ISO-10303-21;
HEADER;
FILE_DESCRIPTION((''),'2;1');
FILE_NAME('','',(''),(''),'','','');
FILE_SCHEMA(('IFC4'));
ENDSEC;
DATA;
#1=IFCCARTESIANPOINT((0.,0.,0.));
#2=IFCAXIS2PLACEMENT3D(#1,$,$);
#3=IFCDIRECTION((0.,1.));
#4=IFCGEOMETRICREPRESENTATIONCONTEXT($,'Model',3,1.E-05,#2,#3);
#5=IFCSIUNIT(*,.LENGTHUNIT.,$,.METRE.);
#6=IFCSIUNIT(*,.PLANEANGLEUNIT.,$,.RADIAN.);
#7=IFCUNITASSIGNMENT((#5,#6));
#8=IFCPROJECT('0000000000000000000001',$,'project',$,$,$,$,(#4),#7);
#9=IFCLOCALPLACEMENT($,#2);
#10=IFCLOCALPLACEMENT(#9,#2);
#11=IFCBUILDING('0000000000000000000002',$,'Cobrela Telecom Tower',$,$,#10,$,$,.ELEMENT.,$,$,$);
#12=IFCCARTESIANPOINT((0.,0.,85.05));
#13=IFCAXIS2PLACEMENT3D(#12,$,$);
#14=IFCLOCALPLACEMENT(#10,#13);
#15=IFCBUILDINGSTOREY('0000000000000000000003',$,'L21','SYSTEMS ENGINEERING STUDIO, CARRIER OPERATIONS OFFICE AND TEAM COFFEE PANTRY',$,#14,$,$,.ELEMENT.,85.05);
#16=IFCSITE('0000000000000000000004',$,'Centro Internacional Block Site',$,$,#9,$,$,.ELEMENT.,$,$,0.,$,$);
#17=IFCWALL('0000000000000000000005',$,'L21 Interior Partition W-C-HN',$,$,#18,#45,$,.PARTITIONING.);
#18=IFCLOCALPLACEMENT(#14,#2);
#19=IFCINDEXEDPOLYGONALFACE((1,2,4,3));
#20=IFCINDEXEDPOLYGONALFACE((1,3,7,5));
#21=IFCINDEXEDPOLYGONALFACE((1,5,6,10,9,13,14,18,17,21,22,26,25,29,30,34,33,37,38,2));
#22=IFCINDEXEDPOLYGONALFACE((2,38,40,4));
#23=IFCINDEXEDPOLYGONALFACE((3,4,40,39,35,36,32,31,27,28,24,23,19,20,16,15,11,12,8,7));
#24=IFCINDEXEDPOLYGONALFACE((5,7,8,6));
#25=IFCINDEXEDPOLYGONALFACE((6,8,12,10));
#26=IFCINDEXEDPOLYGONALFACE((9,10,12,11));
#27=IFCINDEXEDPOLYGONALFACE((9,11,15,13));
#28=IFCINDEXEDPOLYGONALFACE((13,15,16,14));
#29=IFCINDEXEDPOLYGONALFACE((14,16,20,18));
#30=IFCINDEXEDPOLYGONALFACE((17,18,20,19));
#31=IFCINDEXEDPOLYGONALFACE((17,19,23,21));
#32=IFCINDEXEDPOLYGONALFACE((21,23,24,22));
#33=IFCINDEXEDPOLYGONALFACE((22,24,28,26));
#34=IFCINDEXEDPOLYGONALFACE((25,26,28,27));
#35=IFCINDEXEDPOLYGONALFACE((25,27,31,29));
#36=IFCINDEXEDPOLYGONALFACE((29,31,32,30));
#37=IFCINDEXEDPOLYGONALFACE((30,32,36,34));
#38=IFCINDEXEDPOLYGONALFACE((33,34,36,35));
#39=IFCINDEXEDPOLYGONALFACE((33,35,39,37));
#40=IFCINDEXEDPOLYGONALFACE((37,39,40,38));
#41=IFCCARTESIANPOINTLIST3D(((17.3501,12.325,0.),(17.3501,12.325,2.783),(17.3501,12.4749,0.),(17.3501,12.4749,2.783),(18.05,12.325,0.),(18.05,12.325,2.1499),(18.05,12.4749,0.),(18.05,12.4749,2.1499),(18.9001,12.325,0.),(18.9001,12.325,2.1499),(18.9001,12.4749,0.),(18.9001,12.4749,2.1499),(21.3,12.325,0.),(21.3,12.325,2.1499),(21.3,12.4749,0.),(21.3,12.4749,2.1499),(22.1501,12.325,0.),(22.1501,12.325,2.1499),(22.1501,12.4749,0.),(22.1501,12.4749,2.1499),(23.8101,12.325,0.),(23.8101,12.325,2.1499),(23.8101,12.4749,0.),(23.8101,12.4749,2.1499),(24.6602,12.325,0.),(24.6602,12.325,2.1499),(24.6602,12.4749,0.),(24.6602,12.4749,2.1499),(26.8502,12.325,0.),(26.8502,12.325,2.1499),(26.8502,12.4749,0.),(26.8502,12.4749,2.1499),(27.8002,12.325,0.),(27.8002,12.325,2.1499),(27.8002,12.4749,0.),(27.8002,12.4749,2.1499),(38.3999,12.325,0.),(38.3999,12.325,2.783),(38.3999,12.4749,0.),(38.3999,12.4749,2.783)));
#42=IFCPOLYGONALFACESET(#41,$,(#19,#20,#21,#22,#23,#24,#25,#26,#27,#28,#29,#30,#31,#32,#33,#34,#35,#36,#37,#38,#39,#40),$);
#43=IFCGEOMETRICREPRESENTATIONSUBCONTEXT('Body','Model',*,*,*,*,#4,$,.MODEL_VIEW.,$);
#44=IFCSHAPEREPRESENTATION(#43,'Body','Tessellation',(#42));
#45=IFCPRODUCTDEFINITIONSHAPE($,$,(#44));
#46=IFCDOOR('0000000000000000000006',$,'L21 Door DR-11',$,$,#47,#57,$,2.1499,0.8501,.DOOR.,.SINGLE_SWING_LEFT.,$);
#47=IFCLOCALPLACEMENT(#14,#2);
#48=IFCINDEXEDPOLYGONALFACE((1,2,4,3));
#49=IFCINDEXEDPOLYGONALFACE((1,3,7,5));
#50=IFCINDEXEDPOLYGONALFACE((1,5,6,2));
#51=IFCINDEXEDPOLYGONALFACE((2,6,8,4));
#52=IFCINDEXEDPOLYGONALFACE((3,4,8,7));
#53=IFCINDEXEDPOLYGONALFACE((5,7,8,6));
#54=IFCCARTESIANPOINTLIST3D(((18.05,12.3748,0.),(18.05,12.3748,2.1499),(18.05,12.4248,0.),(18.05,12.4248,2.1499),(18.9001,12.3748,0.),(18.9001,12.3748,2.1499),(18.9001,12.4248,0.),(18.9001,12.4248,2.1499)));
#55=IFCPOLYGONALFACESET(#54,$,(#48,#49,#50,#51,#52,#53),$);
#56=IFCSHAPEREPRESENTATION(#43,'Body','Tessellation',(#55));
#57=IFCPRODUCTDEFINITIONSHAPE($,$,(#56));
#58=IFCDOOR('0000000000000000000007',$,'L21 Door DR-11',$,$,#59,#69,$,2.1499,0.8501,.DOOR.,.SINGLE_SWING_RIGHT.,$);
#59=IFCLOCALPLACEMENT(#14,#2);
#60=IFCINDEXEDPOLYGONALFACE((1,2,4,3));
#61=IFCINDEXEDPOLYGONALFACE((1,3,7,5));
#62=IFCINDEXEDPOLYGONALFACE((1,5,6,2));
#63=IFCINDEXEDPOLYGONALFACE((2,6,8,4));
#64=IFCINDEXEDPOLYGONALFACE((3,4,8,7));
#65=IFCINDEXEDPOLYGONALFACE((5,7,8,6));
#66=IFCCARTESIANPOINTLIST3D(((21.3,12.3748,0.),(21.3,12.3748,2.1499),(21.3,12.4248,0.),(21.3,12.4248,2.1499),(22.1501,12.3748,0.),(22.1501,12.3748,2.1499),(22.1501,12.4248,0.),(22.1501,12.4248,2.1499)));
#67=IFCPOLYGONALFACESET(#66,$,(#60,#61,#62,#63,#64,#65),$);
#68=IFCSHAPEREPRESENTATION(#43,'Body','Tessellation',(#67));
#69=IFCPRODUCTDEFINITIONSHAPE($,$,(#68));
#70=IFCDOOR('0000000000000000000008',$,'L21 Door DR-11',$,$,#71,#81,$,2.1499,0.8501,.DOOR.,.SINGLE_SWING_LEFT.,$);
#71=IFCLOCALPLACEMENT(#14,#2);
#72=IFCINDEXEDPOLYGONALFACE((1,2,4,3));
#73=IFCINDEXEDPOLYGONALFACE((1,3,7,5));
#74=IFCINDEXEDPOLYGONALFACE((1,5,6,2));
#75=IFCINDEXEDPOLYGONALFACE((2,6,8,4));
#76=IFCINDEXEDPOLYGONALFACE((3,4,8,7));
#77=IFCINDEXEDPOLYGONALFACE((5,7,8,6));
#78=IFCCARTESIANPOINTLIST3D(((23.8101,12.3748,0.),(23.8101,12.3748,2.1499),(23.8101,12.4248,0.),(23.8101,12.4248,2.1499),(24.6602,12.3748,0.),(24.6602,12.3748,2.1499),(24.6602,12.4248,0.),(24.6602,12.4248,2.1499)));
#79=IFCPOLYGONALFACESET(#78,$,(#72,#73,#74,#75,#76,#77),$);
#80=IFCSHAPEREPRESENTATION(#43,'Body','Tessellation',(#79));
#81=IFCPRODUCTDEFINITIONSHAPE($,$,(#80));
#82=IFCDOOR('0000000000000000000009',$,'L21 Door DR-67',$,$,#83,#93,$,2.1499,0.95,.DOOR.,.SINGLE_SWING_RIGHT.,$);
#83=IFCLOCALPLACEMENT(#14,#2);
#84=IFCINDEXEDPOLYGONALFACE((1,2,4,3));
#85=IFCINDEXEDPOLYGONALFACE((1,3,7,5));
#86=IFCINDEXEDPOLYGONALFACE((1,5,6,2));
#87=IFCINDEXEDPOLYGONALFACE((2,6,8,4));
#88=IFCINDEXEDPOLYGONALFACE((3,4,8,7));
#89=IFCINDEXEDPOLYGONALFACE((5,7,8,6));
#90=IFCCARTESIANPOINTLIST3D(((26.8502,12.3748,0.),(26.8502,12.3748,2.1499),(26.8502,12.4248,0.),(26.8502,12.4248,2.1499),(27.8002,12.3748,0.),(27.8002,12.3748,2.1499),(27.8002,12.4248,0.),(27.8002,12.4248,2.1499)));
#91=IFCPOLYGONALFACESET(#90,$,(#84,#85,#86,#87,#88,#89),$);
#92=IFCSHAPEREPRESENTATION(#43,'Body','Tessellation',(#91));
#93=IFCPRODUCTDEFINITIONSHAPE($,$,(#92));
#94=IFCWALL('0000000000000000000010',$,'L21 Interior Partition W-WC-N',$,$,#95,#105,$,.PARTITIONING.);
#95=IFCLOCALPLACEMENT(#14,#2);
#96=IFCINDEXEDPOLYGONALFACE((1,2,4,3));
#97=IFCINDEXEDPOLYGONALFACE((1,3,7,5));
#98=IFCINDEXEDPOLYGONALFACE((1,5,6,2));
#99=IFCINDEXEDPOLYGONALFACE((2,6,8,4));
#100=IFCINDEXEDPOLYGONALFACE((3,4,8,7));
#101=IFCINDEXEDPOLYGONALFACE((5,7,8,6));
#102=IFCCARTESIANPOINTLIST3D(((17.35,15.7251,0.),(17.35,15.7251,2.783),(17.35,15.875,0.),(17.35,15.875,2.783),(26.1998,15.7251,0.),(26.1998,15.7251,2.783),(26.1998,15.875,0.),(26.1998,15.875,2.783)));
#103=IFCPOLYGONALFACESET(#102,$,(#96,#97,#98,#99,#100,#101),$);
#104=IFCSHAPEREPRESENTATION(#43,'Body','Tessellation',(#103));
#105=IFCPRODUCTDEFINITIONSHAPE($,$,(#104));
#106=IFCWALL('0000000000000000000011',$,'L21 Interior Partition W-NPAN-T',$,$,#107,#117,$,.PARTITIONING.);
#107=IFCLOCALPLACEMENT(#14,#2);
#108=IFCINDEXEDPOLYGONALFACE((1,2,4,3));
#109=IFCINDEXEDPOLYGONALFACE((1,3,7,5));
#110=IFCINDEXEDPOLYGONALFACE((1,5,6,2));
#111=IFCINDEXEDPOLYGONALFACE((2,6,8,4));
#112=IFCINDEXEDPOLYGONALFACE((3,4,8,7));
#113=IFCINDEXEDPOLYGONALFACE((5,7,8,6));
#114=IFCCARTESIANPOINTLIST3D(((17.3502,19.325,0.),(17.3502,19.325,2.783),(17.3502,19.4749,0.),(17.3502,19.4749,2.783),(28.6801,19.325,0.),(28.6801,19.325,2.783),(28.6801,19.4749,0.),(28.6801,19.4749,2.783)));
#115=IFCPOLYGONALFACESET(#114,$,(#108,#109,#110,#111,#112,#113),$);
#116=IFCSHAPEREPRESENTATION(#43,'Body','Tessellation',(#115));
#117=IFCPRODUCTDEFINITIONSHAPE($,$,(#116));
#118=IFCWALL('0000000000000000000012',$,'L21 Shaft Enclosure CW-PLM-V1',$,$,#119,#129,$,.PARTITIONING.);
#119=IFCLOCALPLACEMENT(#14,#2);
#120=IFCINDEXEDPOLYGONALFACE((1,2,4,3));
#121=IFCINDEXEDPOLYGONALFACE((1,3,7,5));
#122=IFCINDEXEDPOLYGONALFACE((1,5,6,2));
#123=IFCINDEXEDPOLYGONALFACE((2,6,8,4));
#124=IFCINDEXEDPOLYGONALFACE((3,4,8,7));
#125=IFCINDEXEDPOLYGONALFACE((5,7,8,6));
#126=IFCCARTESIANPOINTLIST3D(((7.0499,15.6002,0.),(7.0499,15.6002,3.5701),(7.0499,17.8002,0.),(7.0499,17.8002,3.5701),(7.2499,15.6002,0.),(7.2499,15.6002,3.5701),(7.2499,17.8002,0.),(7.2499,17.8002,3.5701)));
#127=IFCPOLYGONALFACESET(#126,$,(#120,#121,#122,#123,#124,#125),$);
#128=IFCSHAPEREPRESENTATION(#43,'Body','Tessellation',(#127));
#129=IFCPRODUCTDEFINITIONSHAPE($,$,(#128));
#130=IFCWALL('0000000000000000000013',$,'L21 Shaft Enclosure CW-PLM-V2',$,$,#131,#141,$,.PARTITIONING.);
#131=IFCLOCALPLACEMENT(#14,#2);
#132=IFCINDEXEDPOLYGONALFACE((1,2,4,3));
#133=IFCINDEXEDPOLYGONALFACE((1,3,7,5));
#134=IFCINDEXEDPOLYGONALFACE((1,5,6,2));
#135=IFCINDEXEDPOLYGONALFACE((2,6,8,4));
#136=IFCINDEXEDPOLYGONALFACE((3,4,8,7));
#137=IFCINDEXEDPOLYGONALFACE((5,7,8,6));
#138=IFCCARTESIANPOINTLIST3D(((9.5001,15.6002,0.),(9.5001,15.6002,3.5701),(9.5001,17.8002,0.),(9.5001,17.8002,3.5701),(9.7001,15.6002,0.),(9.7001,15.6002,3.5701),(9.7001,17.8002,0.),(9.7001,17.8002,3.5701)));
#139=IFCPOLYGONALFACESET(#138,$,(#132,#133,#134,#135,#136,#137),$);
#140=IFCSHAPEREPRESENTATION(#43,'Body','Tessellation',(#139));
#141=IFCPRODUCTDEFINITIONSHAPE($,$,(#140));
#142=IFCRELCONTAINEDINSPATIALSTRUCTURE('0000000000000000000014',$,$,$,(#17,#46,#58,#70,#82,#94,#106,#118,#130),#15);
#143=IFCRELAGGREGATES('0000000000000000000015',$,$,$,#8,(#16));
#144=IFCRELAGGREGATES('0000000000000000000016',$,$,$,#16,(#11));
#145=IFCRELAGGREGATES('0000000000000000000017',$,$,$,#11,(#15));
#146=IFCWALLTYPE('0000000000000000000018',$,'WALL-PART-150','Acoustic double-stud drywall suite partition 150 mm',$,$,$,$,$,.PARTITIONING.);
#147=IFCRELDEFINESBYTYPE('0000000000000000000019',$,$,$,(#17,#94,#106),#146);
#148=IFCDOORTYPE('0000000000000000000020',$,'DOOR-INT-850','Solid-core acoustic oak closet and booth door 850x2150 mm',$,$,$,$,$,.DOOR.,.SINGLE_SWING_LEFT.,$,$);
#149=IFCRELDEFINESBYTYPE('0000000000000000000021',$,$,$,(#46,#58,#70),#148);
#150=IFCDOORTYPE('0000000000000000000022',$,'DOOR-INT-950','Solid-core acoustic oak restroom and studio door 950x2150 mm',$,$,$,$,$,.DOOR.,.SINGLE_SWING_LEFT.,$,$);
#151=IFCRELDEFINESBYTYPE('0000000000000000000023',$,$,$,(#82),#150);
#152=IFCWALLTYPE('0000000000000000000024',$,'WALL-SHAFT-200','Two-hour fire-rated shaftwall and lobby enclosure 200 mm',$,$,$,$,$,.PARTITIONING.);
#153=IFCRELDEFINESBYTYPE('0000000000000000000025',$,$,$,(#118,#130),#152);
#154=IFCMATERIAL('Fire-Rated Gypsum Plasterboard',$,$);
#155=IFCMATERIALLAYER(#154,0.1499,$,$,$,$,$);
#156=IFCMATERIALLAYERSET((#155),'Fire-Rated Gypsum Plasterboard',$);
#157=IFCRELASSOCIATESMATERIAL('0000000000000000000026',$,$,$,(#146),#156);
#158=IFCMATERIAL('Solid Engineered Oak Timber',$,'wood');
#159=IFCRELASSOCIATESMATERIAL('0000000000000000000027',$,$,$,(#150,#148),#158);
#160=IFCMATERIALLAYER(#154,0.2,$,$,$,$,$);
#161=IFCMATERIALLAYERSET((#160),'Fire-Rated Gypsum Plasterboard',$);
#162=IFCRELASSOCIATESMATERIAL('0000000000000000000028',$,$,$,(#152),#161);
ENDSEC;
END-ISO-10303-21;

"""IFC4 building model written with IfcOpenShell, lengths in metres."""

from ifc_helpers import new_model, si_unit, direction, frame, frame_2d, origin, place, context, subcontext, project, spatial, rectangle, extrude, material, layer, layer_set, type_object, element, fill, save


model = new_model("IFC4")

# Units and contexts
model_context = context("Model", 3, precision=1e-05, world=origin(), true_north=direction((0.0, 1.0)))
body_context = subcontext(model_context, "Body", "Model", "MODEL_VIEW")
ifc_project = project(units=[si_unit("LENGTHUNIT", "METRE"), si_unit("PLANEANGLEUNIT", "RADIAN")], contexts=[model_context])

# Site, building, storey
site_placement = place(None, origin())
site = spatial("IfcSite", under=ifc_project, at=site_placement, Name="Centro Internacional Block Site", CompositionType="ELEMENT", RefElevation=0.0)
building_placement = place(site_placement, origin())
building = spatial("IfcBuilding", under=site, at=building_placement, Name="Cobrela Telecom Tower", CompositionType="ELEMENT")
storey_placement = place(building_placement, frame((0.0, 0.0, 85.05)))
storey = spatial("IfcBuildingStorey", under=building, at=storey_placement, Name="L21", Description="SYSTEMS ENGINEERING STUDIO, CARRIER OPERATIONS OFFICE AND TEAM COFFEE PANTRY", CompositionType="ELEMENT", Elevation=85.05)

# Wall, openings, doors
ifc_material_1 = material(Name="Fire-Rated Gypsum Plasterboard")
ifc_layer_1 = layer(ifc_material_1, 0.1499)
ifc_layer_set_1 = layer_set([ifc_layer_1], Name="Fire-Rated Gypsum Plasterboard")
wall_type_1 = type_object("IfcWallType", Name="WALL-PART-150", Description="Acoustic double-stud drywall suite partition 150 mm", PredefinedType="PARTITIONING", material=ifc_layer_set_1)
ifc_material_2 = material(Name="Solid Engineered Oak Timber", Category="wood")
door_type_1 = type_object("IfcDoorType", Name="DOOR-INT-950", Description="Solid-core acoustic oak restroom and studio door 950x2150 mm", OperationType="SINGLE_SWING_LEFT", PredefinedType="DOOR", material=ifc_material_2)
wall_1_placement = place(storey_placement, frame((17.3501, 12.3999, 0.0), z_axis=(0.0, 0.0, 1.0), x_axis=(1.0, 0.0, 0.0)))
wall_1 = element("IfcWall", 1, at=wall_1_placement, inside=storey, type_object=wall_type_1, Name="L21 Interior Partition W-C-HN", PredefinedType="PARTITIONING", context=body_context, shape_type="SweptSolid", body=[
    extrude(rectangle(XDim=21.0498, YDim=0.1499, at=frame_2d((10.5249, 0.0))), origin(), (0.0, 0.0, 1.0), 2.783),
])
opening_1_placement = place(wall_1_placement, frame((0.7, 0.0, 0.0)))
opening_1 = element("IfcOpeningElement", 2, at=opening_1_placement, cuts=wall_1, PredefinedType="OPENING", context=body_context, shape_type="SweptSolid", body=[
    extrude(rectangle(XDim=0.8501, YDim=2.1499, at=frame_2d((0.425, 1.075))), frame((0.0, 0.0869, 0.0), z_axis=(0.0, -1.0, 0.0), x_axis=(1.0, 0.0, 0.0)), (0.0, 0.0, 1.0), 0.1738),
])
opening_2_placement = place(wall_1_placement, frame((3.95, 0.0, 0.0)))
opening_2 = element("IfcOpeningElement", 3, at=opening_2_placement, cuts=wall_1, PredefinedType="OPENING", context=body_context, shape_type="SweptSolid", body=[
    extrude(rectangle(XDim=0.8501, YDim=2.1499, at=frame_2d((0.425, 1.075))), frame((0.0, 0.0869, 0.0), z_axis=(0.0, -1.0, 0.0), x_axis=(1.0, 0.0, 0.0)), (0.0, 0.0, 1.0), 0.1738),
])
opening_3_placement = place(wall_1_placement, frame((6.46, 0.0, 0.0)))
opening_3 = element("IfcOpeningElement", 4, at=opening_3_placement, cuts=wall_1, PredefinedType="OPENING", context=body_context, shape_type="SweptSolid", body=[
    extrude(rectangle(XDim=0.8501, YDim=2.1499, at=frame_2d((0.425, 1.075))), frame((0.0, 0.0869, 0.0), z_axis=(0.0, -1.0, 0.0), x_axis=(1.0, 0.0, 0.0)), (0.0, 0.0, 1.0), 0.1738),
])
opening_4_placement = place(wall_1_placement, frame((9.5, 0.0, 0.0)))
opening_4 = element("IfcOpeningElement", 5, at=opening_4_placement, cuts=wall_1, PredefinedType="OPENING", context=body_context, shape_type="SweptSolid", body=[
    extrude(rectangle(XDim=0.95, YDim=2.1499, at=frame_2d((0.4751, 1.075))), frame((0.0, 0.0869, 0.0), z_axis=(0.0, -1.0, 0.0), x_axis=(1.0, 0.0, 0.0)), (0.0, 0.0, 1.0), 0.1738),
])
door_type_2 = type_object("IfcDoorType", Name="DOOR-INT-850", Description="Solid-core acoustic oak closet and booth door 850x2150 mm", OperationType="SINGLE_SWING_LEFT", PredefinedType="DOOR", material=ifc_material_2)
door_1_placement = place(opening_1_placement, origin())
door_1 = element("IfcDoor", 6, at=door_1_placement, inside=storey, type_object=door_type_2, Name="L21 Door DR-11", OperationType="SINGLE_SWING_LEFT", OverallHeight=2.1499, OverallWidth=0.8501, PredefinedType="DOOR", context=body_context, shape_type="SweptSolid", body=[
    extrude(rectangle(XDim=0.8501, YDim=2.1499, at=frame_2d((0.425, 1.075))), frame((0.0, 0.0249, 0.0), z_axis=(0.0, -1.0, 0.0), x_axis=(1.0, 0.0, 0.0)), (0.0, 0.0, 1.0), 0.05),
])
fill(opening_1, door_1)
door_2_placement = place(opening_2_placement, origin())
door_2 = element("IfcDoor", 7, at=door_2_placement, inside=storey, type_object=door_type_2, Name="L21 Door DR-11", OperationType="SINGLE_SWING_RIGHT", OverallHeight=2.1499, OverallWidth=0.8501, PredefinedType="DOOR", context=body_context, shape_type="SweptSolid", body=[
    extrude(rectangle(XDim=0.8501, YDim=2.1499, at=frame_2d((0.425, 1.075))), frame((0.0, 0.0249, 0.0), z_axis=(0.0, -1.0, 0.0), x_axis=(1.0, 0.0, 0.0)), (0.0, 0.0, 1.0), 0.05),
])
fill(opening_2, door_2)
door_3_placement = place(opening_3_placement, origin())
door_3 = element("IfcDoor", 8, at=door_3_placement, inside=storey, type_object=door_type_2, Name="L21 Door DR-11", OperationType="SINGLE_SWING_LEFT", OverallHeight=2.1499, OverallWidth=0.8501, PredefinedType="DOOR", context=body_context, shape_type="SweptSolid", body=[
    extrude(rectangle(XDim=0.8501, YDim=2.1499, at=frame_2d((0.425, 1.075))), frame((0.0, 0.0249, 0.0), z_axis=(0.0, -1.0, 0.0), x_axis=(1.0, 0.0, 0.0)), (0.0, 0.0, 1.0), 0.05),
])
fill(opening_3, door_3)
door_4_placement = place(opening_4_placement, origin())
door_4 = element("IfcDoor", 9, at=door_4_placement, inside=storey, type_object=door_type_1, Name="L21 Door DR-67", OperationType="SINGLE_SWING_RIGHT", OverallHeight=2.1499, OverallWidth=0.95, PredefinedType="DOOR", context=body_context, shape_type="SweptSolid", body=[
    extrude(rectangle(XDim=0.95, YDim=2.1499, at=frame_2d((0.4751, 1.075))), frame((0.0, 0.0249, 0.0), z_axis=(0.0, -1.0, 0.0), x_axis=(1.0, 0.0, 0.0)), (0.0, 0.0, 1.0), 0.05),
])
fill(opening_4, door_4)

# Walls
wall_2_placement = place(storey_placement, frame((17.3501, 15.8, 0.0), z_axis=(0.0, 0.0, 1.0), x_axis=(1.0, 0.0, 0.0)))
element("IfcWall", 10, at=wall_2_placement, inside=storey, type_object=wall_type_1, Name="L21 Interior Partition W-WC-N", PredefinedType="PARTITIONING", context=body_context, shape_type="SweptSolid", body=[
    extrude(rectangle(XDim=8.8499, YDim=0.1499, at=frame_2d((4.4248, 0.0))), origin(), (0.0, 0.0, 1.0), 2.783),
])
wall_3_placement = place(storey_placement, frame((17.3501, 19.3999, 0.0), z_axis=(0.0, 0.0, 1.0), x_axis=(1.0, 0.0, 0.0)))
element("IfcWall", 11, at=wall_3_placement, inside=storey, type_object=wall_type_1, Name="L21 Interior Partition W-NPAN-T", PredefinedType="PARTITIONING", context=body_context, shape_type="SweptSolid", body=[
    extrude(rectangle(XDim=11.3298, YDim=0.1499, at=frame_2d((5.665, 0.0))), origin(), (0.0, 0.0, 1.0), 2.783),
])
ifc_layer_2 = layer(ifc_material_1, 0.2)
ifc_layer_set_2 = layer_set([ifc_layer_2], Name="Fire-Rated Gypsum Plasterboard")
wall_type_2 = type_object("IfcWallType", Name="WALL-SHAFT-200", Description="Two-hour fire-rated shaftwall and lobby enclosure 200 mm", PredefinedType="PARTITIONING", material=ifc_layer_set_2)
for number, where, z_axis, x_axis, name in (
    (12, (7.1499, 15.6001, 0.0), (0.0, 0.0, 1.0), (0.0, 1.0, 0.0), "L21 Shaft Enclosure CW-PLM-V1"),
    (13, (9.6001, 15.6001, 0.0), (0.0, 0.0, 1.0), (0.0, 1.0, 0.0), "L21 Shaft Enclosure CW-PLM-V2"),
):
    element("IfcWall", number, at=place(storey_placement, frame(where, z_axis=z_axis, x_axis=x_axis)), inside=storey, type_object=wall_type_2, Name=name, PredefinedType="PARTITIONING", context=body_context, shape_type="SweptSolid", body=[
        extrude(rectangle(XDim=2.2, YDim=0.2, at=frame_2d((1.1001, 0.0))), origin(), (0.0, 0.0, 1.0), 3.5701),
    ])

save(model, "model.ifc")
